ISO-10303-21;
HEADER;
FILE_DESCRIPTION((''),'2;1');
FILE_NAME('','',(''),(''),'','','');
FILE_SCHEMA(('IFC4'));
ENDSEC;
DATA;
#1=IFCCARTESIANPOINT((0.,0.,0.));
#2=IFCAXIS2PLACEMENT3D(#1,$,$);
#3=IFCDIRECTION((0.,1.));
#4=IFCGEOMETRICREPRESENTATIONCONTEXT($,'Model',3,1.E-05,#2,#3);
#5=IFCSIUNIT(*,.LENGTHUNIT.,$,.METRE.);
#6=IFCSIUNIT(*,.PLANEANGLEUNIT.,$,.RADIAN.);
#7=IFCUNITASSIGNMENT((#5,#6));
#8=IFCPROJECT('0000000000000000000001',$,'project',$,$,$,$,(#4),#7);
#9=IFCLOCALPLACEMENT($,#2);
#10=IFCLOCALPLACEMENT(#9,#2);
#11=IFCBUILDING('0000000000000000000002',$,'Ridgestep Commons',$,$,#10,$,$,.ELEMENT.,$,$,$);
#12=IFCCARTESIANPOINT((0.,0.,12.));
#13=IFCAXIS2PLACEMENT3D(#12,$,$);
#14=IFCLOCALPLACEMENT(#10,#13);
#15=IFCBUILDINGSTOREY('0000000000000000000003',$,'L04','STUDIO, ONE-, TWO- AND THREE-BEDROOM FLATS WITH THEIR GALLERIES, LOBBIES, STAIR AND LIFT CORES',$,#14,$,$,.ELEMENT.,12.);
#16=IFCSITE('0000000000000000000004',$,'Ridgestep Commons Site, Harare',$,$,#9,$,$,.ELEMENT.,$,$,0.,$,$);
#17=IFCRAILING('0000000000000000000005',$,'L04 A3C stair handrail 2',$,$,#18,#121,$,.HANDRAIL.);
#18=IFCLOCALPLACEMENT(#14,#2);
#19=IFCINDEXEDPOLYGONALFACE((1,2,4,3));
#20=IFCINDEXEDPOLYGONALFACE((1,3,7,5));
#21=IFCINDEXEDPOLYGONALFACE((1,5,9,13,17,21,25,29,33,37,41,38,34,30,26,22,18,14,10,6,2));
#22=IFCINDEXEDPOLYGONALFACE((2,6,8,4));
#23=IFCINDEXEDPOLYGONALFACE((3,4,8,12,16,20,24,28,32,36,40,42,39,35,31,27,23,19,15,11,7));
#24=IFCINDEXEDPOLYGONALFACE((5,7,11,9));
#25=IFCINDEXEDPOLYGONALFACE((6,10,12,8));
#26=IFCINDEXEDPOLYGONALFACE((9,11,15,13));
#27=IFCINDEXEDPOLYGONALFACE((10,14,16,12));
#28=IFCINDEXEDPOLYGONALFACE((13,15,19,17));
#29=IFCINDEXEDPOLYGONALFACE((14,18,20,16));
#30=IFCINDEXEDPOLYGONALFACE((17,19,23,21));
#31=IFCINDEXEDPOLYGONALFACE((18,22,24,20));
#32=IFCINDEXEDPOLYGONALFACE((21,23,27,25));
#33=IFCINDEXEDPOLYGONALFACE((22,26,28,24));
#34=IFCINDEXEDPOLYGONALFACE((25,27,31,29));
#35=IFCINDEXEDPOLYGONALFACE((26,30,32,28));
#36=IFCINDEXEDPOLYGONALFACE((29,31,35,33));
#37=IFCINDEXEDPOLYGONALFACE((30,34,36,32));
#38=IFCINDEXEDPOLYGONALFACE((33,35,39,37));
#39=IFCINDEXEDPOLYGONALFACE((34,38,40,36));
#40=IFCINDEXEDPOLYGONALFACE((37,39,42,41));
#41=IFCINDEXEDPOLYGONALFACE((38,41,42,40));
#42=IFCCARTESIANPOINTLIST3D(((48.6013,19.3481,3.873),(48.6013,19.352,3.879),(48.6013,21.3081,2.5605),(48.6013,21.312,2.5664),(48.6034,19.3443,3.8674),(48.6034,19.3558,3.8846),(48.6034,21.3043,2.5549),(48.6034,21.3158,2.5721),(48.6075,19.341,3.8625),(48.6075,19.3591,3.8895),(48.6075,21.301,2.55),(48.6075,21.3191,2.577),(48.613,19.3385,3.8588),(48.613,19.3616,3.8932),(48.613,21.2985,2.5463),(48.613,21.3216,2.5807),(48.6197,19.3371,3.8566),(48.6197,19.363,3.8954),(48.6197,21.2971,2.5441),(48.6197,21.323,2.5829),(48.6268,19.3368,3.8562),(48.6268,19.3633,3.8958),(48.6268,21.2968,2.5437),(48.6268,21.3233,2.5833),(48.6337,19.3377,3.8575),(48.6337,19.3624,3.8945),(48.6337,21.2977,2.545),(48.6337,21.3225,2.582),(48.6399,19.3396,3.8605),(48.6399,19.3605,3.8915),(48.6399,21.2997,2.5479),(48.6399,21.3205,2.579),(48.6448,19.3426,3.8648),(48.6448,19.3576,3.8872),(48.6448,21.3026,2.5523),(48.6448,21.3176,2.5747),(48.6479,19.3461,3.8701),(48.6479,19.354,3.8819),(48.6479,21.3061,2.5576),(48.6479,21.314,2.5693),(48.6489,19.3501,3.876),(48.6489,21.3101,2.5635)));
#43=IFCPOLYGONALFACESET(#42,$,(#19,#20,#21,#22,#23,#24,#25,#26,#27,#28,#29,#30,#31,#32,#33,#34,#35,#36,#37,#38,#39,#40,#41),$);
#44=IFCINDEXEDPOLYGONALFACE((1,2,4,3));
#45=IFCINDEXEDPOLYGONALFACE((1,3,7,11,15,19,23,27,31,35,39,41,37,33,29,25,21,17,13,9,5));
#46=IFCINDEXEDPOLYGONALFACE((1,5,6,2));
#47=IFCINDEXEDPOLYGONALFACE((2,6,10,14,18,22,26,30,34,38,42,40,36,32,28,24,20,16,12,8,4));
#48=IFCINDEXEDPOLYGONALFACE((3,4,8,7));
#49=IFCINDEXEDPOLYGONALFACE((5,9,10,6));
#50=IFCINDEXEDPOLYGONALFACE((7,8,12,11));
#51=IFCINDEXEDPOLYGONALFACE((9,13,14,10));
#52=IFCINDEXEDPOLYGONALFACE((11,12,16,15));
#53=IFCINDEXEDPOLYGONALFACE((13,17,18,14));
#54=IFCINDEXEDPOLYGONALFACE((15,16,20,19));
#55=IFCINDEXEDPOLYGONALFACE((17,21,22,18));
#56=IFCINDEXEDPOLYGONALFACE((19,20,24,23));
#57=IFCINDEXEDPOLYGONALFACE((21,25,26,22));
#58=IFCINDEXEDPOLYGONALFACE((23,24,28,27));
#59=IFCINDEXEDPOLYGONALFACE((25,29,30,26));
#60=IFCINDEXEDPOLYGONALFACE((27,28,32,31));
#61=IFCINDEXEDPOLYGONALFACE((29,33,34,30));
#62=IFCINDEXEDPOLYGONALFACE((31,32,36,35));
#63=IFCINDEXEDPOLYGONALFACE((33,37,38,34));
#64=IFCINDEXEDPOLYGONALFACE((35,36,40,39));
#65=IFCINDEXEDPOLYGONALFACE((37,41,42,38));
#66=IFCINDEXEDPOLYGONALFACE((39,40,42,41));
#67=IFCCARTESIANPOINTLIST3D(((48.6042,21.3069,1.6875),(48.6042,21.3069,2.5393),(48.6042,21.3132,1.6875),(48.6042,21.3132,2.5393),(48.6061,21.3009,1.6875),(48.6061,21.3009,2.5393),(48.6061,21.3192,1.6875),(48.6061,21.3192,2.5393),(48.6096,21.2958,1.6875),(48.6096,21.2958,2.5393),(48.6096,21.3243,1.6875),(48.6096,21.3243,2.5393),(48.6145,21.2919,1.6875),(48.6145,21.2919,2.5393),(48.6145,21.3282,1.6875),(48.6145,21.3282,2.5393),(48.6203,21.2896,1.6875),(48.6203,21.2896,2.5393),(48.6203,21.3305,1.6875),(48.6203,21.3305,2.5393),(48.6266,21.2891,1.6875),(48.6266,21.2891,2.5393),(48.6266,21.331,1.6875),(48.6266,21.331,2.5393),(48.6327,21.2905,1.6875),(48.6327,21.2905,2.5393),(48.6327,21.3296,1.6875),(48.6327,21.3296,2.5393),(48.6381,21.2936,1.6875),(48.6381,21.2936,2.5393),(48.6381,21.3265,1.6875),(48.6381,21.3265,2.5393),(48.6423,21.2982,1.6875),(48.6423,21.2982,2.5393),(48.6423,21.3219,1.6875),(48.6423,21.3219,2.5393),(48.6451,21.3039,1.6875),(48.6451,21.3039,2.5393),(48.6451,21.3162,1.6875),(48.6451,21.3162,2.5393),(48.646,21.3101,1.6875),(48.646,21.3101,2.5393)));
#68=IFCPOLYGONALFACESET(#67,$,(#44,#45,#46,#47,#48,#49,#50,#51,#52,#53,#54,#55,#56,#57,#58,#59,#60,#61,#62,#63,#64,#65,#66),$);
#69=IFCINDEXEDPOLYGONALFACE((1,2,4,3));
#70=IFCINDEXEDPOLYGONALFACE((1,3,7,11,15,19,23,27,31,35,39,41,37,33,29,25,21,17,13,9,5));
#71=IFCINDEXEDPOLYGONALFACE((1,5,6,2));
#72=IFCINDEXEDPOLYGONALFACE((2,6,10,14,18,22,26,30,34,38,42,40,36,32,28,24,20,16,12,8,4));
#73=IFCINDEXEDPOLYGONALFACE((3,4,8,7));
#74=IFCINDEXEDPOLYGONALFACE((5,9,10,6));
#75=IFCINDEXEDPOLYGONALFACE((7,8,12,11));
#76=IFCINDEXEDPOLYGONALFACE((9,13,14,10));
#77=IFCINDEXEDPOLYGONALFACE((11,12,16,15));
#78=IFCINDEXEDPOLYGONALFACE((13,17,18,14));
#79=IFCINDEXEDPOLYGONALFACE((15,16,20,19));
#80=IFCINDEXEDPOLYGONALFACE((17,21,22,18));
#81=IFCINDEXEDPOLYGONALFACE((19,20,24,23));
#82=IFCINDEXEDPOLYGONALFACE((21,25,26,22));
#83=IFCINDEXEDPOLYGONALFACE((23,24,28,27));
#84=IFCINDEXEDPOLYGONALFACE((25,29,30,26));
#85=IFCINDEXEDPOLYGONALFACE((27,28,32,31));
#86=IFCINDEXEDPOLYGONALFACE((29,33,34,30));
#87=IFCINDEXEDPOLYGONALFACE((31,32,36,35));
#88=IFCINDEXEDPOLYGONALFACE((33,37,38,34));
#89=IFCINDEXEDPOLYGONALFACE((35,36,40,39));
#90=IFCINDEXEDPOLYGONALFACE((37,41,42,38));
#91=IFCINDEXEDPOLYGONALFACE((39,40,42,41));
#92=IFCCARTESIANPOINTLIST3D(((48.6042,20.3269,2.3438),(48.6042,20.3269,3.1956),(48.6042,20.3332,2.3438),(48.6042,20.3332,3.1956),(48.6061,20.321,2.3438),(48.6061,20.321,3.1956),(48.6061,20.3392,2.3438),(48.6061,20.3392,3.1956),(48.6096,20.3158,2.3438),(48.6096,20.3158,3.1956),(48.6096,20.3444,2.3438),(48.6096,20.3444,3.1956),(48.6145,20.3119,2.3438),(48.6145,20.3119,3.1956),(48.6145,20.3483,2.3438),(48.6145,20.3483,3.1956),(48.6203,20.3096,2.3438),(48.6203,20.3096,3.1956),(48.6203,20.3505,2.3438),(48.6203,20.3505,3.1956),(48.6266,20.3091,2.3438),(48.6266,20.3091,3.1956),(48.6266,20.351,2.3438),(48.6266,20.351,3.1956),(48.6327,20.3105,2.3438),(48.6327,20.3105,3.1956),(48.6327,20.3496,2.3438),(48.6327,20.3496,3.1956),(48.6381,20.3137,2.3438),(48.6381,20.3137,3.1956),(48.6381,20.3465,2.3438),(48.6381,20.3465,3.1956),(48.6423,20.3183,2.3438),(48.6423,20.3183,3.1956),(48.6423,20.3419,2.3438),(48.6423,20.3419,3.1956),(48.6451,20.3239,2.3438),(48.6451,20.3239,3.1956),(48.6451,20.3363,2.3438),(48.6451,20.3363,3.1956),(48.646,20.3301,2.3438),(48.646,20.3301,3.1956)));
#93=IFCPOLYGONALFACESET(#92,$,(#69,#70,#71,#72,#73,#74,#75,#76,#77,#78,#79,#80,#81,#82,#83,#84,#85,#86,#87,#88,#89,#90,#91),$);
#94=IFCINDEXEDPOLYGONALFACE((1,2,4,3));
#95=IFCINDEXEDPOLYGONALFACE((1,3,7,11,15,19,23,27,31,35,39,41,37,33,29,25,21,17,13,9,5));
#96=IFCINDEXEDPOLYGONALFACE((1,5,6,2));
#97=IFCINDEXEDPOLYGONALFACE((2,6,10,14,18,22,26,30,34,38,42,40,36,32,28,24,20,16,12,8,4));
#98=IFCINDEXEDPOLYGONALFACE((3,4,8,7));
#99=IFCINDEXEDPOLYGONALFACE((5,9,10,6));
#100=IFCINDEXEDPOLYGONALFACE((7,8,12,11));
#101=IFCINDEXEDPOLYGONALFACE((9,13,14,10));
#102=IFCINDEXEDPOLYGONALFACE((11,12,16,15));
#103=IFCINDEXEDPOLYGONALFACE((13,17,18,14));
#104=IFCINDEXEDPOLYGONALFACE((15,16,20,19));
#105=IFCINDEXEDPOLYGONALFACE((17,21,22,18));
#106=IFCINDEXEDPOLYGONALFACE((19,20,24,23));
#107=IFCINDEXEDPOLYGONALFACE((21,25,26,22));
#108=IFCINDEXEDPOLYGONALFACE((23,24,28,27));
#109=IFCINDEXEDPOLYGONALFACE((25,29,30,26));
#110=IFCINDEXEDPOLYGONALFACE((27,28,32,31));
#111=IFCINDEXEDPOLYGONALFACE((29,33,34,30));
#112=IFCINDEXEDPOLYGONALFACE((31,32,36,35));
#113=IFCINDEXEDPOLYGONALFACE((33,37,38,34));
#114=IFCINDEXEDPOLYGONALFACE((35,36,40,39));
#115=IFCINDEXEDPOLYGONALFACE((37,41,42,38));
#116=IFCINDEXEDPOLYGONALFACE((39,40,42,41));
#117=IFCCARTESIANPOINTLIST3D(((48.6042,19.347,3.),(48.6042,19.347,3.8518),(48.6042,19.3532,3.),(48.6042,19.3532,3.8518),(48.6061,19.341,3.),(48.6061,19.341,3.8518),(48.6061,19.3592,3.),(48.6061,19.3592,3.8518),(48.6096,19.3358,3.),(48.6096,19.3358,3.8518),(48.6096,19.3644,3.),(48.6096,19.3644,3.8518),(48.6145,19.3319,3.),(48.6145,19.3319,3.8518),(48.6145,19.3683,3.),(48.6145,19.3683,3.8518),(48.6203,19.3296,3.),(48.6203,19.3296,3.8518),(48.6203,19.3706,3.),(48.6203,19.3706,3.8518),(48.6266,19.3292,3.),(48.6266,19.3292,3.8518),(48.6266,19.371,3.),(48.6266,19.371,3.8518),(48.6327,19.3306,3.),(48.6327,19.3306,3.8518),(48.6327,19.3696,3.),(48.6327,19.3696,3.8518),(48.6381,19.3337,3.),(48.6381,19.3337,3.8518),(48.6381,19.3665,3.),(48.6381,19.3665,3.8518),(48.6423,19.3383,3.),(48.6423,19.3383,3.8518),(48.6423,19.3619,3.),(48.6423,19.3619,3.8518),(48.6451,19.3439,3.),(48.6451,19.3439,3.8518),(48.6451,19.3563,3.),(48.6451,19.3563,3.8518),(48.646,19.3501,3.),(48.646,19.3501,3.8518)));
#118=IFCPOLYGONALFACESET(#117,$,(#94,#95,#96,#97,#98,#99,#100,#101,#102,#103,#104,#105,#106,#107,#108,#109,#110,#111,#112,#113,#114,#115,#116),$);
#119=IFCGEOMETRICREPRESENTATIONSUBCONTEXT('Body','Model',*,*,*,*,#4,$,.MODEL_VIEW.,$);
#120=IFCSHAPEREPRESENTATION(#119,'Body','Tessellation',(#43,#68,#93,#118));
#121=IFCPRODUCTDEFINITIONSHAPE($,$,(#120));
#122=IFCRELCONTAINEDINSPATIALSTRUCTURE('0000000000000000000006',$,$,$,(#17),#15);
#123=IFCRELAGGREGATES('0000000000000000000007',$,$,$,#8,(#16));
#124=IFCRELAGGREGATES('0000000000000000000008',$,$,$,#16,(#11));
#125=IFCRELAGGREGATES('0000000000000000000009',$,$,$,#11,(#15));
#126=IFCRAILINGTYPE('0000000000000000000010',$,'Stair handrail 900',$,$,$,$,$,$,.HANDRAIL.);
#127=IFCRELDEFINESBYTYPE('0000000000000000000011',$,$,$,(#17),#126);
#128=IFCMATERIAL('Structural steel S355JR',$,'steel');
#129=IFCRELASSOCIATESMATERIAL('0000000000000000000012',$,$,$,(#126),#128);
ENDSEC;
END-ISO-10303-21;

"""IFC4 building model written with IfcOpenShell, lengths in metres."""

from ifc_helpers import new_model, si_unit, direction, frame, origin, origin_2d, place, context, subcontext, project, spatial, circle, extrude, material, type_object, element, save


model = new_model("IFC4")

# Units and contexts
model_context = context("Model", 3, precision=1e-05, world=origin(), true_north=direction((0.0, 1.0)))
body_context = subcontext(model_context, "Body", "Model", "MODEL_VIEW")
ifc_project = project(units=[si_unit("LENGTHUNIT", "METRE"), si_unit("PLANEANGLEUNIT", "RADIAN")], contexts=[model_context])

# Site, building, storey
site_placement = place(None, origin())
site = spatial("IfcSite", under=ifc_project, at=site_placement, Name="Ridgestep Commons Site, Harare", CompositionType="ELEMENT", RefElevation=0.0)
building_placement = place(site_placement, origin())
building = spatial("IfcBuilding", under=site, at=building_placement, Name="Ridgestep Commons", CompositionType="ELEMENT")
storey_placement = place(building_placement, frame((0.0, 0.0, 12.0)))
storey = spatial("IfcBuildingStorey", under=building, at=storey_placement, Name="L04", Description="STUDIO, ONE-, TWO- AND THREE-BEDROOM FLATS WITH THEIR GALLERIES, LOBBIES, STAIR AND LIFT CORES", CompositionType="ELEMENT", Elevation=12.0)

# Railing
ifc_material_1 = material(Name="Structural steel S355JR", Category="steel")
railing_type_1 = type_object("IfcRailingType", Name="Stair handrail 900", PredefinedType="HANDRAIL", material=ifc_material_1)
railing_1_placement = place(storey_placement, frame((48.625, 21.3101, 1.6875)))
element("IfcRailing", 1, at=railing_1_placement, inside=storey, type_object=railing_type_1, Name="L04 A3C stair handrail 2", PredefinedType="HANDRAIL", context=body_context, shape_type="SweptSolid", body=[
    extrude(circle(Radius=0.0239, at=origin_2d()), frame((0.0, 0.0, 0.876), z_axis=(0.0, -0.830902, 0.556419), x_axis=(1.0, 0.0, 0.0)), (0.0, 0.0, 1.0), 2.3589),
    extrude(circle(Radius=0.021, at=origin_2d()), origin(), (0.0, 0.0, 1.0), 0.8518),
    extrude(circle(Radius=0.021, at=origin_2d()), frame((0.0, -0.98, 0.6562)), (0.0, 0.0, 1.0), 0.8518),
    extrude(circle(Radius=0.021, at=origin_2d()), frame((0.0, -1.96, 1.3125)), (0.0, 0.0, 1.0), 0.8518),
])

save(model, "model.ifc")
